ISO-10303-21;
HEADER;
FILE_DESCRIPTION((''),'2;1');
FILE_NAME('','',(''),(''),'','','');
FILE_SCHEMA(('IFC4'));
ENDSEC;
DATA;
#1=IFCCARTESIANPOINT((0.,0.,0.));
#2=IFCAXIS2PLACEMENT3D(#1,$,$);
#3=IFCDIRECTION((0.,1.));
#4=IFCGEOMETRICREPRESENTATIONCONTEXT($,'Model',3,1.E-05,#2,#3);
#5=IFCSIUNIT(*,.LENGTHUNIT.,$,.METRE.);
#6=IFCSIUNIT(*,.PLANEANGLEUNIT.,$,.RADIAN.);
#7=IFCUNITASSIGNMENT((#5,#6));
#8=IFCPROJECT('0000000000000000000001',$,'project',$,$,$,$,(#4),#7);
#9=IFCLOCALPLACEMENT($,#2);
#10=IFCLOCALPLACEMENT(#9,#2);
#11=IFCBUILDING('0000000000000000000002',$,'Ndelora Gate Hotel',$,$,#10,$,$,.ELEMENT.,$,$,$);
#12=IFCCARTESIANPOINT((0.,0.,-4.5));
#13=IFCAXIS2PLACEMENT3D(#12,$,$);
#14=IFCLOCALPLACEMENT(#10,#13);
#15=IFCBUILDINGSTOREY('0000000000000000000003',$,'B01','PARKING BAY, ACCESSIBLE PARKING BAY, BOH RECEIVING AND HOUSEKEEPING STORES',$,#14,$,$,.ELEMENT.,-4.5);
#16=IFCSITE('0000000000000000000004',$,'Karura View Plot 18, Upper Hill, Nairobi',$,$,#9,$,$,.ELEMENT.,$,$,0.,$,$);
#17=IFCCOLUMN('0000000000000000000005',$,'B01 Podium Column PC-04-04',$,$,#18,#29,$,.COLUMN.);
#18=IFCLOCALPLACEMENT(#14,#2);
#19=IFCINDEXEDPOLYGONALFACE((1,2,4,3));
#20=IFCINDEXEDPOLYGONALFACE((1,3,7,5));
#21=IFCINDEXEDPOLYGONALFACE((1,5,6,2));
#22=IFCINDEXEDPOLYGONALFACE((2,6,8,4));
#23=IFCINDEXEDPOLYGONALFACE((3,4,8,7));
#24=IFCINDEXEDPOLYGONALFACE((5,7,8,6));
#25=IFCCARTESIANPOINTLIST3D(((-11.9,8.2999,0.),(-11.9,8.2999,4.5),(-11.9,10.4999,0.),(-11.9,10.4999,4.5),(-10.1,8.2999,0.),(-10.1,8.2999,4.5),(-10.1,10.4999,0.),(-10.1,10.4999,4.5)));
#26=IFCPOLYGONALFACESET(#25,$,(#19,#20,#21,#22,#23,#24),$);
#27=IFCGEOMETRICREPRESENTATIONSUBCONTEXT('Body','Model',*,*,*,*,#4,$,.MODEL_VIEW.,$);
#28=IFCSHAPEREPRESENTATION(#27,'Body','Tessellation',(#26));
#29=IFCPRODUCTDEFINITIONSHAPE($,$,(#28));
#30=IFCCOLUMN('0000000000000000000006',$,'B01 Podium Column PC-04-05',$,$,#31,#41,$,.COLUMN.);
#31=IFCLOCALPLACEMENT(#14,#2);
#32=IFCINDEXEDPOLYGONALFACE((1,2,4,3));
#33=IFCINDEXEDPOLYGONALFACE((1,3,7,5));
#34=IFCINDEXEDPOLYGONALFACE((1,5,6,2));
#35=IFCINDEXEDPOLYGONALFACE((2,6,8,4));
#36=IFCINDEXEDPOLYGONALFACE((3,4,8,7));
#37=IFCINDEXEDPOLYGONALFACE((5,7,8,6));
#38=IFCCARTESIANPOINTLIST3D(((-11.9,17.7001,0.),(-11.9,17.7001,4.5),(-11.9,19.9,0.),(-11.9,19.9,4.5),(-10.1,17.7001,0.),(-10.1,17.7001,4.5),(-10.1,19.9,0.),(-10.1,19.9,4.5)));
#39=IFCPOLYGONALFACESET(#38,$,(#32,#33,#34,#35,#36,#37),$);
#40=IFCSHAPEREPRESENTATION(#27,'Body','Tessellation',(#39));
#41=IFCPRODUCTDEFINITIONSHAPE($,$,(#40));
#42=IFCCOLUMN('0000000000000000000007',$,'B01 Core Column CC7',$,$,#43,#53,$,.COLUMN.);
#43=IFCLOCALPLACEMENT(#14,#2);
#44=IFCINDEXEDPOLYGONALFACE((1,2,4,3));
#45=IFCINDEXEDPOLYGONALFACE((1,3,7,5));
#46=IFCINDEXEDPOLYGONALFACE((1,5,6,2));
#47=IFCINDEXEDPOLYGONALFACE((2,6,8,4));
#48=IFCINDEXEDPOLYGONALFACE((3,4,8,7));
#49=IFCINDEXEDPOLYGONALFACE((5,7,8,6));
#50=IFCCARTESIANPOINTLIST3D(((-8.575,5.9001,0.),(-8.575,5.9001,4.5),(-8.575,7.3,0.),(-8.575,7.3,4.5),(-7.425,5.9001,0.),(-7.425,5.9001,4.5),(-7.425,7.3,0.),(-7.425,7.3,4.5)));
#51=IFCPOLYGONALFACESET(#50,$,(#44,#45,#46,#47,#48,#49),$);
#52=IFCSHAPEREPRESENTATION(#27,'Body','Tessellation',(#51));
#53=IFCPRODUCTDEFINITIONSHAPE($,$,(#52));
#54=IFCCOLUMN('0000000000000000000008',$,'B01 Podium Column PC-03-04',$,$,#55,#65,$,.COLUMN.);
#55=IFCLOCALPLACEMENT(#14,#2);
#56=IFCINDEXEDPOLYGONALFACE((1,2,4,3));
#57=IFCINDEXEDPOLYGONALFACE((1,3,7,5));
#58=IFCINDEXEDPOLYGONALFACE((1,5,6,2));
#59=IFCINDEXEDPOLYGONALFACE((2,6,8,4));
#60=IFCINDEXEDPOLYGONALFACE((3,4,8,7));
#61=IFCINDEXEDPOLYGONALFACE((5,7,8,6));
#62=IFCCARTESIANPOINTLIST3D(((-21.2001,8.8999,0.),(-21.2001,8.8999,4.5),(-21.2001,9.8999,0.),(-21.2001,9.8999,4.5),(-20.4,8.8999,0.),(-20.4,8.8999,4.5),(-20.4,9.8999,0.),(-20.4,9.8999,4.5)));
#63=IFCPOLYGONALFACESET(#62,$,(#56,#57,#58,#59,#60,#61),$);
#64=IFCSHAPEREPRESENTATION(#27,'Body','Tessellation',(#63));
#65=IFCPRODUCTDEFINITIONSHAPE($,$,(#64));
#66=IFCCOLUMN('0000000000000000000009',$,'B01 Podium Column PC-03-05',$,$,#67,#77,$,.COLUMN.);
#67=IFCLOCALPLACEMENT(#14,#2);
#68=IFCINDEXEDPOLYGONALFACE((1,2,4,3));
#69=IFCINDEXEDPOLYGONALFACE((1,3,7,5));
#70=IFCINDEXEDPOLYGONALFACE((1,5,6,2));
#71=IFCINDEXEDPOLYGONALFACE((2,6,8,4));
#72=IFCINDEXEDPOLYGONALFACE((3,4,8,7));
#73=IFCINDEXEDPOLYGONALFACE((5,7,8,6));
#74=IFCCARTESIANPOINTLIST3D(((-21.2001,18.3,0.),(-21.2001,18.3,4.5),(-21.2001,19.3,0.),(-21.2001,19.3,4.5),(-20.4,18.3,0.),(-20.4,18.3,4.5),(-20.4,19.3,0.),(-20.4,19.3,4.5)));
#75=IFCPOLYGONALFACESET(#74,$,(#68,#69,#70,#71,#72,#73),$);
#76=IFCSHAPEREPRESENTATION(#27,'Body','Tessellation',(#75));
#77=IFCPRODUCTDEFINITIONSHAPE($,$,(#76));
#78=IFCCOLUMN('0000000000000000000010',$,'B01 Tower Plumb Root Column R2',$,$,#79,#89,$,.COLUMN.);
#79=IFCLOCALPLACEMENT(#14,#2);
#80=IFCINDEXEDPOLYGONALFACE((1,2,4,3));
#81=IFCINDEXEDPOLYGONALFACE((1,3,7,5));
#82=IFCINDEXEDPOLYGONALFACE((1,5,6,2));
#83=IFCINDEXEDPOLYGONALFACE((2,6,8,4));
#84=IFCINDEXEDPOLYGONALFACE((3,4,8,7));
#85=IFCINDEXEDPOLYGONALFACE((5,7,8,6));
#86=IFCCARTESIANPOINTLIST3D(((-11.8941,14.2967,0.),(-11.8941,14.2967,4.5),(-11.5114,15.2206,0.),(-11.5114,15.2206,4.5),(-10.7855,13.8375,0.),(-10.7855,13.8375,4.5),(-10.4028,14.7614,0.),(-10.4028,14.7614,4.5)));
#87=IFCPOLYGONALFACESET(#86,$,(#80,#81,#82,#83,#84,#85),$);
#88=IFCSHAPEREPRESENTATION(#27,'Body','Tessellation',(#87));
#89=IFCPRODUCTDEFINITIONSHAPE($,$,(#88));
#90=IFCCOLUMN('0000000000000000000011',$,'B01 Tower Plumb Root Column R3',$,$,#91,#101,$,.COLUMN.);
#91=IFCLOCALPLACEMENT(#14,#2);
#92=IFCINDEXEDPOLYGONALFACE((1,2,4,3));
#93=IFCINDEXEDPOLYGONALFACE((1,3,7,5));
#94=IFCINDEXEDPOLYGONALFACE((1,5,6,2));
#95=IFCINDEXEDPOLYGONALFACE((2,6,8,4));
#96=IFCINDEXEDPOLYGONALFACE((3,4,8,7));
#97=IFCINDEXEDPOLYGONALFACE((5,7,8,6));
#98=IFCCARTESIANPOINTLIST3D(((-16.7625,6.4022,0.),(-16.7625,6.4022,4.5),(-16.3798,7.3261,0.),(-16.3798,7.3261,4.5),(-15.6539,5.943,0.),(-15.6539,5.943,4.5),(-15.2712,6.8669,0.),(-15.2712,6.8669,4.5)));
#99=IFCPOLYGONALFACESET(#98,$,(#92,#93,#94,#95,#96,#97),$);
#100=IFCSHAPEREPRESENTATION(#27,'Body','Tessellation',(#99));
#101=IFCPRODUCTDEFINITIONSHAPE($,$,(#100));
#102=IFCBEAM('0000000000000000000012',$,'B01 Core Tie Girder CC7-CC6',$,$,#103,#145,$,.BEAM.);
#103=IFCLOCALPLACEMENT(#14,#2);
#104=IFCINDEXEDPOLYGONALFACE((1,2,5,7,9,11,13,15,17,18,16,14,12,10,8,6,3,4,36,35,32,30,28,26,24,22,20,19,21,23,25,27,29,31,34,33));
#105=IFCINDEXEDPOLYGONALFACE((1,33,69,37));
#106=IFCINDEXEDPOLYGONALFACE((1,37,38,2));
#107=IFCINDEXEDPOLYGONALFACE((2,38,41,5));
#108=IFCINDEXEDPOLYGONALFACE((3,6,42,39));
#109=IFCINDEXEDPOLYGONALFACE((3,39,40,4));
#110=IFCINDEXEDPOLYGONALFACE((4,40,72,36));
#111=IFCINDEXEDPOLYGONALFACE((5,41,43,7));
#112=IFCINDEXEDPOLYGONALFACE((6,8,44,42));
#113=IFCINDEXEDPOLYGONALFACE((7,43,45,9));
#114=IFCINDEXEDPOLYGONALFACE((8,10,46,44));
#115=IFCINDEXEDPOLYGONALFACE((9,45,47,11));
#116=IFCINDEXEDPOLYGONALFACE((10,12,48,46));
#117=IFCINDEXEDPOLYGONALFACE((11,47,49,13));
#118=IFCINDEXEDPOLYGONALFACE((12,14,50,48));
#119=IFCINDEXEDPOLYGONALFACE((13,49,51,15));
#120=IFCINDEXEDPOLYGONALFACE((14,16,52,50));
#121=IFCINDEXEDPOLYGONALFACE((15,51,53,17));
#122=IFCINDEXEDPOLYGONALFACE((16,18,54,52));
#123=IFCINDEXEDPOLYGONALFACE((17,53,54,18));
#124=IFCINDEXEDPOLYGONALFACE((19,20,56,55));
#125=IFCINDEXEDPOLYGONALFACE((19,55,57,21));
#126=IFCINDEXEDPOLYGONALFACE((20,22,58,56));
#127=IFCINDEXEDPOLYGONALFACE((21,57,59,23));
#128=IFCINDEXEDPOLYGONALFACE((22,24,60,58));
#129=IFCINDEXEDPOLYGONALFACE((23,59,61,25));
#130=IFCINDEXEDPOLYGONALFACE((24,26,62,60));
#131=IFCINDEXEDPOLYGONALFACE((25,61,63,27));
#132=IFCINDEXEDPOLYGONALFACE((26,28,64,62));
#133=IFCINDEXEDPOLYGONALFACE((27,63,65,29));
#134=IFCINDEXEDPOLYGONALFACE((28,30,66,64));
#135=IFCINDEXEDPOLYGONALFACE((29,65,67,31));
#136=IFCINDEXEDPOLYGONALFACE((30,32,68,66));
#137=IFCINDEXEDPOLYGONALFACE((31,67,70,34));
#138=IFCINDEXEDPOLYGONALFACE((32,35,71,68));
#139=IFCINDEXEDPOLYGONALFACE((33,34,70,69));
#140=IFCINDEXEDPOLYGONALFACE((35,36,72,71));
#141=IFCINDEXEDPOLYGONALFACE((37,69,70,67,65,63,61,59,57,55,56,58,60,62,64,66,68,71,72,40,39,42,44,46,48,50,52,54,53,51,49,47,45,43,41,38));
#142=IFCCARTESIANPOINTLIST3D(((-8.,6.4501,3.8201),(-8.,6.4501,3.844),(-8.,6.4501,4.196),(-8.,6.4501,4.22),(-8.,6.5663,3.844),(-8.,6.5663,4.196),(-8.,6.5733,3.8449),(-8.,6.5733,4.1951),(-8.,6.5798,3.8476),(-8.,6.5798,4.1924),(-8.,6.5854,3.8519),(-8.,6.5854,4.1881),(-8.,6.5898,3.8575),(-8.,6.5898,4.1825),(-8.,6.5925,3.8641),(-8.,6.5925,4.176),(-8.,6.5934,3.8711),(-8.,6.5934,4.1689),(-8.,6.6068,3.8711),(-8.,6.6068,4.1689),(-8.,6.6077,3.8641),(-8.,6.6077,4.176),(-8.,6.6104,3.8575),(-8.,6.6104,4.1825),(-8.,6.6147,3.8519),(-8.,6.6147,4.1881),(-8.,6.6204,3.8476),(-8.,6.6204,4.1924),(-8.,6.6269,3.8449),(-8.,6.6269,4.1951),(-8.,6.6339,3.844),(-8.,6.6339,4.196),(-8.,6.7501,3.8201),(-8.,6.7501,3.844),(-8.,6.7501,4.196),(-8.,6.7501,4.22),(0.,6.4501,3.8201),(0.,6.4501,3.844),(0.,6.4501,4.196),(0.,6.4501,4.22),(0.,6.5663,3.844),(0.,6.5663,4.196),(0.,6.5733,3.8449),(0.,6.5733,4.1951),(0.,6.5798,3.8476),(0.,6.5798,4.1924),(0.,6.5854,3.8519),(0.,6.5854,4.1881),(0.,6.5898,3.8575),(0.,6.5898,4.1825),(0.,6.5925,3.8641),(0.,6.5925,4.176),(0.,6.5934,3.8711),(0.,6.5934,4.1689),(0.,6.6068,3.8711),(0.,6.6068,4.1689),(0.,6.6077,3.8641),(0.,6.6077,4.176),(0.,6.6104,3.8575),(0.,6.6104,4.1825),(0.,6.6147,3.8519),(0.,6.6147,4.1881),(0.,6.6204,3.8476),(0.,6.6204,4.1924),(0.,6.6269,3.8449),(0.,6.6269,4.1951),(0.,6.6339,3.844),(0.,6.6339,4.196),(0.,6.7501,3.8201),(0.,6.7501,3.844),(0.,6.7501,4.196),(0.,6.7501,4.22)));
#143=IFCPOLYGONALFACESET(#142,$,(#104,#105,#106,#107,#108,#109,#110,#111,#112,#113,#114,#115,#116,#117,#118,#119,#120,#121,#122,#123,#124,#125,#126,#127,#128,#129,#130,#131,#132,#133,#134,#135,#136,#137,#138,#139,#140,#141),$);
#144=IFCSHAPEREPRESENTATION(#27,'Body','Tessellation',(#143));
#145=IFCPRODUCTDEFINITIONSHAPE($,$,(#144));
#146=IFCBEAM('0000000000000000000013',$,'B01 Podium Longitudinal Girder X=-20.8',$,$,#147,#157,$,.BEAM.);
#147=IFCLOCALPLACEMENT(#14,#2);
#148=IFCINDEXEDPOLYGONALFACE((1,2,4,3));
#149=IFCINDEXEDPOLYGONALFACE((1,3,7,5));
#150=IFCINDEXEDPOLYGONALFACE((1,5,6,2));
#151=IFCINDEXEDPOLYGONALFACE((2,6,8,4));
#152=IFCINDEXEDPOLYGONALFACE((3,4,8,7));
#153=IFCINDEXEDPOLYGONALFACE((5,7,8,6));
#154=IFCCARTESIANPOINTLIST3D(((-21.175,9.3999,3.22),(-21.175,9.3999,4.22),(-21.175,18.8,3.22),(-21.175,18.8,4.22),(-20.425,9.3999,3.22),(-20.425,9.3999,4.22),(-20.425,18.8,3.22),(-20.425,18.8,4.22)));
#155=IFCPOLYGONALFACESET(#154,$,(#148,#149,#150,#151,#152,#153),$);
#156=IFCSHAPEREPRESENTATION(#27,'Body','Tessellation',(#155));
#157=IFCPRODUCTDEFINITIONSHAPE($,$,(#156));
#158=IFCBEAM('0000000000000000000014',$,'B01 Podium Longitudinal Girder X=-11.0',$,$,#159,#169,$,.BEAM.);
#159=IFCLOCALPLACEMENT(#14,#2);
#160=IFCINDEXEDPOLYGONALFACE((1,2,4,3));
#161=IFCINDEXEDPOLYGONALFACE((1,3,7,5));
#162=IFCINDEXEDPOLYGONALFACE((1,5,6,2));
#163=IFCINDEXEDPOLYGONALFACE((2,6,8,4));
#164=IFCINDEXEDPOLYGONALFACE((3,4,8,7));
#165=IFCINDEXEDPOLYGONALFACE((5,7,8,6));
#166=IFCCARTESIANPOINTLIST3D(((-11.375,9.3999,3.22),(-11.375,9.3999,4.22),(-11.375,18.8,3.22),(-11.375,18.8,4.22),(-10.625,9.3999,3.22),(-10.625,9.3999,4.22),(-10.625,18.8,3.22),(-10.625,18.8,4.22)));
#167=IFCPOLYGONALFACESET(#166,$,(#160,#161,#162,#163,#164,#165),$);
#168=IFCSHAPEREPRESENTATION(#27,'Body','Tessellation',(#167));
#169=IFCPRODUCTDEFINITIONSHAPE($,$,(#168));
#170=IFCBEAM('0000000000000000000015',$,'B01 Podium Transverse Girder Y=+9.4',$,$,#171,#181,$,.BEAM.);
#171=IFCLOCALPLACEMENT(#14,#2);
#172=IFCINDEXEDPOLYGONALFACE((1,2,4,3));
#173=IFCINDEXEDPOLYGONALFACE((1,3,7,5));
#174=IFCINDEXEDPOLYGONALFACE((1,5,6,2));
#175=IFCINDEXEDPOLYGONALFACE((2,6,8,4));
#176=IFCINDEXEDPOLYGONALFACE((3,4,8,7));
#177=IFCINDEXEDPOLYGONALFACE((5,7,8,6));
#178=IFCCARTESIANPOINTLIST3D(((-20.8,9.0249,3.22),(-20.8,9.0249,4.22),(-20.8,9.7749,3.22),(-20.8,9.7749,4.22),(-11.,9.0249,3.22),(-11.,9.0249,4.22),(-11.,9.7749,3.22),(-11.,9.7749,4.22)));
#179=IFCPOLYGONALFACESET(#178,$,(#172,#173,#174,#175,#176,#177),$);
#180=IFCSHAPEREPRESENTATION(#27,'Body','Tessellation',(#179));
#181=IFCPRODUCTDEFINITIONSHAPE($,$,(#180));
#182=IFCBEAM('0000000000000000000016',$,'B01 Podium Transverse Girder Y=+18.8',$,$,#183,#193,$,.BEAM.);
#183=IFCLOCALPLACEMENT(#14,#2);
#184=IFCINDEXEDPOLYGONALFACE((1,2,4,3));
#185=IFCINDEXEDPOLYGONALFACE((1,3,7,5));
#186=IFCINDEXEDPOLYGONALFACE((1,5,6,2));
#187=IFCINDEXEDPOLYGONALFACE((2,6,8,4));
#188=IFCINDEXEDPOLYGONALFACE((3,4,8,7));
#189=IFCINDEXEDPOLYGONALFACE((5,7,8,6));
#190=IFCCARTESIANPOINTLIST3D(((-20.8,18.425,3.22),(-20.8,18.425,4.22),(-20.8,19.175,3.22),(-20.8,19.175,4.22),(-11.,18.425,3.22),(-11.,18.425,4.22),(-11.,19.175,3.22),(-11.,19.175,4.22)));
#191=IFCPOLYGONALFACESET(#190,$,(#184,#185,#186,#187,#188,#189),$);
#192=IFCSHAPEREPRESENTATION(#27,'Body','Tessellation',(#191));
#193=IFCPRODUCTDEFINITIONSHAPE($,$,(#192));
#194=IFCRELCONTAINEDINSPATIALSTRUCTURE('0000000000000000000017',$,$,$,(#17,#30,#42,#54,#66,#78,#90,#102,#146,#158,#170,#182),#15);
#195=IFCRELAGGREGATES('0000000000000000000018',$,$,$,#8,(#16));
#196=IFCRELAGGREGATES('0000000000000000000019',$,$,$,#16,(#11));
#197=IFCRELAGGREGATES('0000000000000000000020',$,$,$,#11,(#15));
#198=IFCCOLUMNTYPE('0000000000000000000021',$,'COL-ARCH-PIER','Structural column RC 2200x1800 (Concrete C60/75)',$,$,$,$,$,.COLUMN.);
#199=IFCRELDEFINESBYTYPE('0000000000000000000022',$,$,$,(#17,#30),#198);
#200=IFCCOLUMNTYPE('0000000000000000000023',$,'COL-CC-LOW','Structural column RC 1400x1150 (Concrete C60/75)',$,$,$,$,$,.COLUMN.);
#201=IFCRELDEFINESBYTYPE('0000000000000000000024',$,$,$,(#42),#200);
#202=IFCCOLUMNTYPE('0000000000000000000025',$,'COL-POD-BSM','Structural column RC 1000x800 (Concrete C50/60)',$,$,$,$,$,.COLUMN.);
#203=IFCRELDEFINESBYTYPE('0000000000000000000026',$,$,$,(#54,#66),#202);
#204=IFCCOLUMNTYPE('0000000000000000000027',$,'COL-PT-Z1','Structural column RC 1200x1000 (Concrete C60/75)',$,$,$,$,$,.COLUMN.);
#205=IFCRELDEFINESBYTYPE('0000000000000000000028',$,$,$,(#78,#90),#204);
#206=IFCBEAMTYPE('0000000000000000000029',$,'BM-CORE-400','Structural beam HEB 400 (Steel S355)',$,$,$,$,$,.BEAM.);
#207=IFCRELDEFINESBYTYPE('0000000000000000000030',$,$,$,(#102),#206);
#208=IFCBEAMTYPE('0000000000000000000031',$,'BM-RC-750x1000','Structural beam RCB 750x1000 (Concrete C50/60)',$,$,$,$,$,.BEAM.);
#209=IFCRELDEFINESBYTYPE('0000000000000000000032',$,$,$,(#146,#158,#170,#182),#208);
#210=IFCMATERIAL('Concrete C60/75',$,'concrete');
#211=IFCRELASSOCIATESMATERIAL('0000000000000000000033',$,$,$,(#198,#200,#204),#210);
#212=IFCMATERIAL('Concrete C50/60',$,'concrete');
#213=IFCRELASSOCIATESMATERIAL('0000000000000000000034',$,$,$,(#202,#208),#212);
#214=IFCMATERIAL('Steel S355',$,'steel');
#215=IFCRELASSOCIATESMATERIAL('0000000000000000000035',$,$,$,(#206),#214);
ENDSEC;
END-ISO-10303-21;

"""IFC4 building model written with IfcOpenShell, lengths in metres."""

from ifc_helpers import new_model, si_unit, direction, frame, origin, origin_2d, place, context, subcontext, project, spatial, rectangle, i_section, extrude, material, material_profile, profile_set, type_object, element, save


model = new_model("IFC4")

# Units and contexts
model_context = context("Model", 3, precision=1e-05, world=origin(), true_north=direction((0.0, 1.0)))
body_context = subcontext(model_context, "Body", "Model", "MODEL_VIEW")
ifc_project = project(units=[si_unit("LENGTHUNIT", "METRE"), si_unit("PLANEANGLEUNIT", "RADIAN")], contexts=[model_context])

# Site, building, storey
site_placement = place(None, origin())
site = spatial("IfcSite", under=ifc_project, at=site_placement, Name="Karura View Plot 18, Upper Hill, Nairobi", CompositionType="ELEMENT", RefElevation=0.0)
building_placement = place(site_placement, origin())
building = spatial("IfcBuilding", under=site, at=building_placement, Name="Ndelora Gate Hotel", CompositionType="ELEMENT")
storey_placement = place(building_placement, frame((0.0, 0.0, -4.5)))
storey = spatial("IfcBuildingStorey", under=building, at=storey_placement, Name="B01", Description="PARKING BAY, ACCESSIBLE PARKING BAY, BOH RECEIVING AND HOUSEKEEPING STORES", CompositionType="ELEMENT", Elevation=-4.5)

# Columns
ifc_material_1 = material(Name="Concrete C60/75", Category="concrete")
ifc_material_profile_1 = material_profile(ifc_material_1, rectangle(XDim=1.8, YDim=2.2, at=origin_2d()), Name="RC 2200x1800")
ifc_profile_set_1 = profile_set([ifc_material_profile_1], Name="Concrete C60/75")
column_type_1 = type_object("IfcColumnType", Name="COL-ARCH-PIER", Description="Structural column RC 2200x1800 (Concrete C60/75)", PredefinedType="COLUMN", material=ifc_profile_set_1)
for number, where, z_axis, x_axis, name in (
    (1, (-11.0, 9.3999, 0.0), (0.0, 0.0, 1.0), (1.0, 0.0, 0.0), "B01 Podium Column PC-04-04"),
    (2, (-11.0, 18.8, 0.0), (0.0, 0.0, 1.0), (1.0, 0.0, 0.0), "B01 Podium Column PC-04-05"),
):
    element("IfcColumn", number, at=place(storey_placement, frame(where, z_axis=z_axis, x_axis=x_axis)), inside=storey, type_object=column_type_1, Name=name, PredefinedType="COLUMN", context=body_context, shape_type="SweptSolid", body=[
        extrude(rectangle(XDim=1.8, YDim=2.2, at=origin_2d()), origin(), (0.0, 0.0, 1.0), 4.5),
    ])
ifc_material_profile_2 = material_profile(ifc_material_1, rectangle(XDim=1.1499, YDim=1.3999, at=origin_2d()), Name="RC 1400x1150")
ifc_profile_set_2 = profile_set([ifc_material_profile_2], Name="Concrete C60/75")
column_type_2 = type_object("IfcColumnType", Name="COL-CC-LOW", Description="Structural column RC 1400x1150 (Concrete C60/75)", PredefinedType="COLUMN", material=ifc_profile_set_2)
column_placement = place(storey_placement, frame((-8.0, 6.6001, 0.0), z_axis=(0.0, 0.0, 1.0), x_axis=(1.0, 0.0, 0.0)))
element("IfcColumn", 3, at=column_placement, inside=storey, type_object=column_type_2, Name="B01 Core Column CC7", PredefinedType="COLUMN", context=body_context, shape_type="SweptSolid", body=[
    extrude(rectangle(XDim=1.1499, YDim=1.3999, at=origin_2d()), origin(), (0.0, 0.0, 1.0), 4.5),
])
ifc_material_2 = material(Name="Concrete C50/60", Category="concrete")
ifc_material_profile_3 = material_profile(ifc_material_2, rectangle(XDim=0.8, YDim=1.0, at=origin_2d()), Name="RC 1000x800")
ifc_profile_set_3 = profile_set([ifc_material_profile_3], Name="Concrete C50/60")
column_type_3 = type_object("IfcColumnType", Name="COL-POD-BSM", Description="Structural column RC 1000x800 (Concrete C50/60)", PredefinedType="COLUMN", material=ifc_profile_set_3)
for number, where, z_axis, x_axis, name in (
    (4, (-20.8, 9.3999, 0.0), (0.0, 0.0, 1.0), (1.0, 0.0, 0.0), "B01 Podium Column PC-03-04"),
    (5, (-20.8, 18.8, 0.0), (0.0, 0.0, 1.0), (1.0, 0.0, 0.0), "B01 Podium Column PC-03-05"),
):
    element("IfcColumn", number, at=place(storey_placement, frame(where, z_axis=z_axis, x_axis=x_axis)), inside=storey, type_object=column_type_3, Name=name, PredefinedType="COLUMN", context=body_context, shape_type="SweptSolid", body=[
        extrude(rectangle(XDim=0.8, YDim=1.0, at=origin_2d()), origin(), (0.0, 0.0, 1.0), 4.5),
    ])
ifc_material_profile_4 = material_profile(ifc_material_1, rectangle(XDim=1.0, YDim=1.2, at=origin_2d()), Name="RC 1200x1000")
ifc_profile_set_4 = profile_set([ifc_material_profile_4], Name="Concrete C60/75")
column_type_4 = type_object("IfcColumnType", Name="COL-PT-Z1", Description="Structural column RC 1200x1000 (Concrete C60/75)", PredefinedType="COLUMN", material=ifc_profile_set_4)
for number, where, z_axis, x_axis, name in (
    (6, (-11.1484, 14.5291, 0.0), (0.0, 0.0, 1.0), (0.382683, 0.92388, 0.0), "B01 Tower Plumb Root Column R2"),
    (7, (-16.0168, 6.6345, 0.0), (0.0, 0.0, 1.0), (0.382683, 0.92388, 0.0), "B01 Tower Plumb Root Column R3"),
):
    element("IfcColumn", number, at=place(storey_placement, frame(where, z_axis=z_axis, x_axis=x_axis)), inside=storey, type_object=column_type_4, Name=name, PredefinedType="COLUMN", context=body_context, shape_type="SweptSolid", body=[
        extrude(rectangle(XDim=1.0, YDim=1.2, at=origin_2d()), origin(), (0.0, 0.0, 1.0), 4.5),
    ])

# Beams
ifc_material_3 = material(Name="Steel S355", Category="steel")
ifc_material_profile_5 = material_profile(ifc_material_3, i_section(OverallWidth=0.3, OverallDepth=0.3999, WebThickness=0.0134, FlangeThickness=0.0239, FilletRadius=0.0271, at=origin_2d()), Name="HEB 400")
ifc_profile_set_5 = profile_set([ifc_material_profile_5], Name="Steel S355")
beam_type_1 = type_object("IfcBeamType", Name="BM-CORE-400", Description="Structural beam HEB 400 (Steel S355)", PredefinedType="BEAM", material=ifc_profile_set_5)
beam_placement = place(storey_placement, frame((-8.0, 6.6001, 4.02), z_axis=(1.0, 0.0, 0.0), x_axis=(0.0, 1.0, 0.0)))
element("IfcBeam", 8, at=beam_placement, inside=storey, type_object=beam_type_1, Name="B01 Core Tie Girder CC7-CC6", PredefinedType="BEAM", context=body_context, shape_type="SweptSolid", body=[
    extrude(i_section(OverallWidth=0.3, OverallDepth=0.3999, WebThickness=0.0134, FlangeThickness=0.0239, FilletRadius=0.0271, at=origin_2d()), origin(), (0.0, 0.0, 1.0), 8.0),
])
ifc_material_profile_6 = material_profile(ifc_material_2, rectangle(XDim=0.75, YDim=1.0, at=origin_2d()), Name="RCB 750x1000")
ifc_profile_set_6 = profile_set([ifc_material_profile_6], Name="Concrete C50/60")
beam_type_2 = type_object("IfcBeamType", Name="BM-RC-750x1000", Description="Structural beam RCB 750x1000 (Concrete C50/60)", PredefinedType="BEAM", material=ifc_profile_set_6)
for number, where, z_axis, x_axis, name in (
    (9, (-20.8, 9.3999, 3.72), (0.0, 1.0, 0.0), (-1.0, 0.0, 0.0), "B01 Podium Longitudinal Girder X=-20.8"),
    (10, (-11.0, 9.3999, 3.72), (0.0, 1.0, 0.0), (-1.0, 0.0, 0.0), "B01 Podium Longitudinal Girder X=-11.0"),
):
    element("IfcBeam", number, at=place(storey_placement, frame(where, z_axis=z_axis, x_axis=x_axis)), inside=storey, type_object=beam_type_2, Name=name, PredefinedType="BEAM", context=body_context, shape_type="SweptSolid", body=[
        extrude(rectangle(XDim=0.75, YDim=1.0, at=origin_2d()), origin(), (0.0, 0.0, 1.0), 9.4001),
    ])
for number, where, z_axis, x_axis, name in (
    (11, (-20.8, 9.3999, 3.72), (1.0, 0.0, 0.0), (0.0, 1.0, 0.0), "B01 Podium Transverse Girder Y=+9.4"),
    (12, (-20.8, 18.8, 3.72), (1.0, 0.0, 0.0), (0.0, 1.0, 0.0), "B01 Podium Transverse Girder Y=+18.8"),
):
    element("IfcBeam", number, at=place(storey_placement, frame(where, z_axis=z_axis, x_axis=x_axis)), inside=storey, type_object=beam_type_2, Name=name, PredefinedType="BEAM", context=body_context, shape_type="SweptSolid", body=[
        extrude(rectangle(XDim=0.75, YDim=1.0, at=origin_2d()), origin(), (0.0, 0.0, 1.0), 9.8),
    ])

save(model, "model.ifc")
